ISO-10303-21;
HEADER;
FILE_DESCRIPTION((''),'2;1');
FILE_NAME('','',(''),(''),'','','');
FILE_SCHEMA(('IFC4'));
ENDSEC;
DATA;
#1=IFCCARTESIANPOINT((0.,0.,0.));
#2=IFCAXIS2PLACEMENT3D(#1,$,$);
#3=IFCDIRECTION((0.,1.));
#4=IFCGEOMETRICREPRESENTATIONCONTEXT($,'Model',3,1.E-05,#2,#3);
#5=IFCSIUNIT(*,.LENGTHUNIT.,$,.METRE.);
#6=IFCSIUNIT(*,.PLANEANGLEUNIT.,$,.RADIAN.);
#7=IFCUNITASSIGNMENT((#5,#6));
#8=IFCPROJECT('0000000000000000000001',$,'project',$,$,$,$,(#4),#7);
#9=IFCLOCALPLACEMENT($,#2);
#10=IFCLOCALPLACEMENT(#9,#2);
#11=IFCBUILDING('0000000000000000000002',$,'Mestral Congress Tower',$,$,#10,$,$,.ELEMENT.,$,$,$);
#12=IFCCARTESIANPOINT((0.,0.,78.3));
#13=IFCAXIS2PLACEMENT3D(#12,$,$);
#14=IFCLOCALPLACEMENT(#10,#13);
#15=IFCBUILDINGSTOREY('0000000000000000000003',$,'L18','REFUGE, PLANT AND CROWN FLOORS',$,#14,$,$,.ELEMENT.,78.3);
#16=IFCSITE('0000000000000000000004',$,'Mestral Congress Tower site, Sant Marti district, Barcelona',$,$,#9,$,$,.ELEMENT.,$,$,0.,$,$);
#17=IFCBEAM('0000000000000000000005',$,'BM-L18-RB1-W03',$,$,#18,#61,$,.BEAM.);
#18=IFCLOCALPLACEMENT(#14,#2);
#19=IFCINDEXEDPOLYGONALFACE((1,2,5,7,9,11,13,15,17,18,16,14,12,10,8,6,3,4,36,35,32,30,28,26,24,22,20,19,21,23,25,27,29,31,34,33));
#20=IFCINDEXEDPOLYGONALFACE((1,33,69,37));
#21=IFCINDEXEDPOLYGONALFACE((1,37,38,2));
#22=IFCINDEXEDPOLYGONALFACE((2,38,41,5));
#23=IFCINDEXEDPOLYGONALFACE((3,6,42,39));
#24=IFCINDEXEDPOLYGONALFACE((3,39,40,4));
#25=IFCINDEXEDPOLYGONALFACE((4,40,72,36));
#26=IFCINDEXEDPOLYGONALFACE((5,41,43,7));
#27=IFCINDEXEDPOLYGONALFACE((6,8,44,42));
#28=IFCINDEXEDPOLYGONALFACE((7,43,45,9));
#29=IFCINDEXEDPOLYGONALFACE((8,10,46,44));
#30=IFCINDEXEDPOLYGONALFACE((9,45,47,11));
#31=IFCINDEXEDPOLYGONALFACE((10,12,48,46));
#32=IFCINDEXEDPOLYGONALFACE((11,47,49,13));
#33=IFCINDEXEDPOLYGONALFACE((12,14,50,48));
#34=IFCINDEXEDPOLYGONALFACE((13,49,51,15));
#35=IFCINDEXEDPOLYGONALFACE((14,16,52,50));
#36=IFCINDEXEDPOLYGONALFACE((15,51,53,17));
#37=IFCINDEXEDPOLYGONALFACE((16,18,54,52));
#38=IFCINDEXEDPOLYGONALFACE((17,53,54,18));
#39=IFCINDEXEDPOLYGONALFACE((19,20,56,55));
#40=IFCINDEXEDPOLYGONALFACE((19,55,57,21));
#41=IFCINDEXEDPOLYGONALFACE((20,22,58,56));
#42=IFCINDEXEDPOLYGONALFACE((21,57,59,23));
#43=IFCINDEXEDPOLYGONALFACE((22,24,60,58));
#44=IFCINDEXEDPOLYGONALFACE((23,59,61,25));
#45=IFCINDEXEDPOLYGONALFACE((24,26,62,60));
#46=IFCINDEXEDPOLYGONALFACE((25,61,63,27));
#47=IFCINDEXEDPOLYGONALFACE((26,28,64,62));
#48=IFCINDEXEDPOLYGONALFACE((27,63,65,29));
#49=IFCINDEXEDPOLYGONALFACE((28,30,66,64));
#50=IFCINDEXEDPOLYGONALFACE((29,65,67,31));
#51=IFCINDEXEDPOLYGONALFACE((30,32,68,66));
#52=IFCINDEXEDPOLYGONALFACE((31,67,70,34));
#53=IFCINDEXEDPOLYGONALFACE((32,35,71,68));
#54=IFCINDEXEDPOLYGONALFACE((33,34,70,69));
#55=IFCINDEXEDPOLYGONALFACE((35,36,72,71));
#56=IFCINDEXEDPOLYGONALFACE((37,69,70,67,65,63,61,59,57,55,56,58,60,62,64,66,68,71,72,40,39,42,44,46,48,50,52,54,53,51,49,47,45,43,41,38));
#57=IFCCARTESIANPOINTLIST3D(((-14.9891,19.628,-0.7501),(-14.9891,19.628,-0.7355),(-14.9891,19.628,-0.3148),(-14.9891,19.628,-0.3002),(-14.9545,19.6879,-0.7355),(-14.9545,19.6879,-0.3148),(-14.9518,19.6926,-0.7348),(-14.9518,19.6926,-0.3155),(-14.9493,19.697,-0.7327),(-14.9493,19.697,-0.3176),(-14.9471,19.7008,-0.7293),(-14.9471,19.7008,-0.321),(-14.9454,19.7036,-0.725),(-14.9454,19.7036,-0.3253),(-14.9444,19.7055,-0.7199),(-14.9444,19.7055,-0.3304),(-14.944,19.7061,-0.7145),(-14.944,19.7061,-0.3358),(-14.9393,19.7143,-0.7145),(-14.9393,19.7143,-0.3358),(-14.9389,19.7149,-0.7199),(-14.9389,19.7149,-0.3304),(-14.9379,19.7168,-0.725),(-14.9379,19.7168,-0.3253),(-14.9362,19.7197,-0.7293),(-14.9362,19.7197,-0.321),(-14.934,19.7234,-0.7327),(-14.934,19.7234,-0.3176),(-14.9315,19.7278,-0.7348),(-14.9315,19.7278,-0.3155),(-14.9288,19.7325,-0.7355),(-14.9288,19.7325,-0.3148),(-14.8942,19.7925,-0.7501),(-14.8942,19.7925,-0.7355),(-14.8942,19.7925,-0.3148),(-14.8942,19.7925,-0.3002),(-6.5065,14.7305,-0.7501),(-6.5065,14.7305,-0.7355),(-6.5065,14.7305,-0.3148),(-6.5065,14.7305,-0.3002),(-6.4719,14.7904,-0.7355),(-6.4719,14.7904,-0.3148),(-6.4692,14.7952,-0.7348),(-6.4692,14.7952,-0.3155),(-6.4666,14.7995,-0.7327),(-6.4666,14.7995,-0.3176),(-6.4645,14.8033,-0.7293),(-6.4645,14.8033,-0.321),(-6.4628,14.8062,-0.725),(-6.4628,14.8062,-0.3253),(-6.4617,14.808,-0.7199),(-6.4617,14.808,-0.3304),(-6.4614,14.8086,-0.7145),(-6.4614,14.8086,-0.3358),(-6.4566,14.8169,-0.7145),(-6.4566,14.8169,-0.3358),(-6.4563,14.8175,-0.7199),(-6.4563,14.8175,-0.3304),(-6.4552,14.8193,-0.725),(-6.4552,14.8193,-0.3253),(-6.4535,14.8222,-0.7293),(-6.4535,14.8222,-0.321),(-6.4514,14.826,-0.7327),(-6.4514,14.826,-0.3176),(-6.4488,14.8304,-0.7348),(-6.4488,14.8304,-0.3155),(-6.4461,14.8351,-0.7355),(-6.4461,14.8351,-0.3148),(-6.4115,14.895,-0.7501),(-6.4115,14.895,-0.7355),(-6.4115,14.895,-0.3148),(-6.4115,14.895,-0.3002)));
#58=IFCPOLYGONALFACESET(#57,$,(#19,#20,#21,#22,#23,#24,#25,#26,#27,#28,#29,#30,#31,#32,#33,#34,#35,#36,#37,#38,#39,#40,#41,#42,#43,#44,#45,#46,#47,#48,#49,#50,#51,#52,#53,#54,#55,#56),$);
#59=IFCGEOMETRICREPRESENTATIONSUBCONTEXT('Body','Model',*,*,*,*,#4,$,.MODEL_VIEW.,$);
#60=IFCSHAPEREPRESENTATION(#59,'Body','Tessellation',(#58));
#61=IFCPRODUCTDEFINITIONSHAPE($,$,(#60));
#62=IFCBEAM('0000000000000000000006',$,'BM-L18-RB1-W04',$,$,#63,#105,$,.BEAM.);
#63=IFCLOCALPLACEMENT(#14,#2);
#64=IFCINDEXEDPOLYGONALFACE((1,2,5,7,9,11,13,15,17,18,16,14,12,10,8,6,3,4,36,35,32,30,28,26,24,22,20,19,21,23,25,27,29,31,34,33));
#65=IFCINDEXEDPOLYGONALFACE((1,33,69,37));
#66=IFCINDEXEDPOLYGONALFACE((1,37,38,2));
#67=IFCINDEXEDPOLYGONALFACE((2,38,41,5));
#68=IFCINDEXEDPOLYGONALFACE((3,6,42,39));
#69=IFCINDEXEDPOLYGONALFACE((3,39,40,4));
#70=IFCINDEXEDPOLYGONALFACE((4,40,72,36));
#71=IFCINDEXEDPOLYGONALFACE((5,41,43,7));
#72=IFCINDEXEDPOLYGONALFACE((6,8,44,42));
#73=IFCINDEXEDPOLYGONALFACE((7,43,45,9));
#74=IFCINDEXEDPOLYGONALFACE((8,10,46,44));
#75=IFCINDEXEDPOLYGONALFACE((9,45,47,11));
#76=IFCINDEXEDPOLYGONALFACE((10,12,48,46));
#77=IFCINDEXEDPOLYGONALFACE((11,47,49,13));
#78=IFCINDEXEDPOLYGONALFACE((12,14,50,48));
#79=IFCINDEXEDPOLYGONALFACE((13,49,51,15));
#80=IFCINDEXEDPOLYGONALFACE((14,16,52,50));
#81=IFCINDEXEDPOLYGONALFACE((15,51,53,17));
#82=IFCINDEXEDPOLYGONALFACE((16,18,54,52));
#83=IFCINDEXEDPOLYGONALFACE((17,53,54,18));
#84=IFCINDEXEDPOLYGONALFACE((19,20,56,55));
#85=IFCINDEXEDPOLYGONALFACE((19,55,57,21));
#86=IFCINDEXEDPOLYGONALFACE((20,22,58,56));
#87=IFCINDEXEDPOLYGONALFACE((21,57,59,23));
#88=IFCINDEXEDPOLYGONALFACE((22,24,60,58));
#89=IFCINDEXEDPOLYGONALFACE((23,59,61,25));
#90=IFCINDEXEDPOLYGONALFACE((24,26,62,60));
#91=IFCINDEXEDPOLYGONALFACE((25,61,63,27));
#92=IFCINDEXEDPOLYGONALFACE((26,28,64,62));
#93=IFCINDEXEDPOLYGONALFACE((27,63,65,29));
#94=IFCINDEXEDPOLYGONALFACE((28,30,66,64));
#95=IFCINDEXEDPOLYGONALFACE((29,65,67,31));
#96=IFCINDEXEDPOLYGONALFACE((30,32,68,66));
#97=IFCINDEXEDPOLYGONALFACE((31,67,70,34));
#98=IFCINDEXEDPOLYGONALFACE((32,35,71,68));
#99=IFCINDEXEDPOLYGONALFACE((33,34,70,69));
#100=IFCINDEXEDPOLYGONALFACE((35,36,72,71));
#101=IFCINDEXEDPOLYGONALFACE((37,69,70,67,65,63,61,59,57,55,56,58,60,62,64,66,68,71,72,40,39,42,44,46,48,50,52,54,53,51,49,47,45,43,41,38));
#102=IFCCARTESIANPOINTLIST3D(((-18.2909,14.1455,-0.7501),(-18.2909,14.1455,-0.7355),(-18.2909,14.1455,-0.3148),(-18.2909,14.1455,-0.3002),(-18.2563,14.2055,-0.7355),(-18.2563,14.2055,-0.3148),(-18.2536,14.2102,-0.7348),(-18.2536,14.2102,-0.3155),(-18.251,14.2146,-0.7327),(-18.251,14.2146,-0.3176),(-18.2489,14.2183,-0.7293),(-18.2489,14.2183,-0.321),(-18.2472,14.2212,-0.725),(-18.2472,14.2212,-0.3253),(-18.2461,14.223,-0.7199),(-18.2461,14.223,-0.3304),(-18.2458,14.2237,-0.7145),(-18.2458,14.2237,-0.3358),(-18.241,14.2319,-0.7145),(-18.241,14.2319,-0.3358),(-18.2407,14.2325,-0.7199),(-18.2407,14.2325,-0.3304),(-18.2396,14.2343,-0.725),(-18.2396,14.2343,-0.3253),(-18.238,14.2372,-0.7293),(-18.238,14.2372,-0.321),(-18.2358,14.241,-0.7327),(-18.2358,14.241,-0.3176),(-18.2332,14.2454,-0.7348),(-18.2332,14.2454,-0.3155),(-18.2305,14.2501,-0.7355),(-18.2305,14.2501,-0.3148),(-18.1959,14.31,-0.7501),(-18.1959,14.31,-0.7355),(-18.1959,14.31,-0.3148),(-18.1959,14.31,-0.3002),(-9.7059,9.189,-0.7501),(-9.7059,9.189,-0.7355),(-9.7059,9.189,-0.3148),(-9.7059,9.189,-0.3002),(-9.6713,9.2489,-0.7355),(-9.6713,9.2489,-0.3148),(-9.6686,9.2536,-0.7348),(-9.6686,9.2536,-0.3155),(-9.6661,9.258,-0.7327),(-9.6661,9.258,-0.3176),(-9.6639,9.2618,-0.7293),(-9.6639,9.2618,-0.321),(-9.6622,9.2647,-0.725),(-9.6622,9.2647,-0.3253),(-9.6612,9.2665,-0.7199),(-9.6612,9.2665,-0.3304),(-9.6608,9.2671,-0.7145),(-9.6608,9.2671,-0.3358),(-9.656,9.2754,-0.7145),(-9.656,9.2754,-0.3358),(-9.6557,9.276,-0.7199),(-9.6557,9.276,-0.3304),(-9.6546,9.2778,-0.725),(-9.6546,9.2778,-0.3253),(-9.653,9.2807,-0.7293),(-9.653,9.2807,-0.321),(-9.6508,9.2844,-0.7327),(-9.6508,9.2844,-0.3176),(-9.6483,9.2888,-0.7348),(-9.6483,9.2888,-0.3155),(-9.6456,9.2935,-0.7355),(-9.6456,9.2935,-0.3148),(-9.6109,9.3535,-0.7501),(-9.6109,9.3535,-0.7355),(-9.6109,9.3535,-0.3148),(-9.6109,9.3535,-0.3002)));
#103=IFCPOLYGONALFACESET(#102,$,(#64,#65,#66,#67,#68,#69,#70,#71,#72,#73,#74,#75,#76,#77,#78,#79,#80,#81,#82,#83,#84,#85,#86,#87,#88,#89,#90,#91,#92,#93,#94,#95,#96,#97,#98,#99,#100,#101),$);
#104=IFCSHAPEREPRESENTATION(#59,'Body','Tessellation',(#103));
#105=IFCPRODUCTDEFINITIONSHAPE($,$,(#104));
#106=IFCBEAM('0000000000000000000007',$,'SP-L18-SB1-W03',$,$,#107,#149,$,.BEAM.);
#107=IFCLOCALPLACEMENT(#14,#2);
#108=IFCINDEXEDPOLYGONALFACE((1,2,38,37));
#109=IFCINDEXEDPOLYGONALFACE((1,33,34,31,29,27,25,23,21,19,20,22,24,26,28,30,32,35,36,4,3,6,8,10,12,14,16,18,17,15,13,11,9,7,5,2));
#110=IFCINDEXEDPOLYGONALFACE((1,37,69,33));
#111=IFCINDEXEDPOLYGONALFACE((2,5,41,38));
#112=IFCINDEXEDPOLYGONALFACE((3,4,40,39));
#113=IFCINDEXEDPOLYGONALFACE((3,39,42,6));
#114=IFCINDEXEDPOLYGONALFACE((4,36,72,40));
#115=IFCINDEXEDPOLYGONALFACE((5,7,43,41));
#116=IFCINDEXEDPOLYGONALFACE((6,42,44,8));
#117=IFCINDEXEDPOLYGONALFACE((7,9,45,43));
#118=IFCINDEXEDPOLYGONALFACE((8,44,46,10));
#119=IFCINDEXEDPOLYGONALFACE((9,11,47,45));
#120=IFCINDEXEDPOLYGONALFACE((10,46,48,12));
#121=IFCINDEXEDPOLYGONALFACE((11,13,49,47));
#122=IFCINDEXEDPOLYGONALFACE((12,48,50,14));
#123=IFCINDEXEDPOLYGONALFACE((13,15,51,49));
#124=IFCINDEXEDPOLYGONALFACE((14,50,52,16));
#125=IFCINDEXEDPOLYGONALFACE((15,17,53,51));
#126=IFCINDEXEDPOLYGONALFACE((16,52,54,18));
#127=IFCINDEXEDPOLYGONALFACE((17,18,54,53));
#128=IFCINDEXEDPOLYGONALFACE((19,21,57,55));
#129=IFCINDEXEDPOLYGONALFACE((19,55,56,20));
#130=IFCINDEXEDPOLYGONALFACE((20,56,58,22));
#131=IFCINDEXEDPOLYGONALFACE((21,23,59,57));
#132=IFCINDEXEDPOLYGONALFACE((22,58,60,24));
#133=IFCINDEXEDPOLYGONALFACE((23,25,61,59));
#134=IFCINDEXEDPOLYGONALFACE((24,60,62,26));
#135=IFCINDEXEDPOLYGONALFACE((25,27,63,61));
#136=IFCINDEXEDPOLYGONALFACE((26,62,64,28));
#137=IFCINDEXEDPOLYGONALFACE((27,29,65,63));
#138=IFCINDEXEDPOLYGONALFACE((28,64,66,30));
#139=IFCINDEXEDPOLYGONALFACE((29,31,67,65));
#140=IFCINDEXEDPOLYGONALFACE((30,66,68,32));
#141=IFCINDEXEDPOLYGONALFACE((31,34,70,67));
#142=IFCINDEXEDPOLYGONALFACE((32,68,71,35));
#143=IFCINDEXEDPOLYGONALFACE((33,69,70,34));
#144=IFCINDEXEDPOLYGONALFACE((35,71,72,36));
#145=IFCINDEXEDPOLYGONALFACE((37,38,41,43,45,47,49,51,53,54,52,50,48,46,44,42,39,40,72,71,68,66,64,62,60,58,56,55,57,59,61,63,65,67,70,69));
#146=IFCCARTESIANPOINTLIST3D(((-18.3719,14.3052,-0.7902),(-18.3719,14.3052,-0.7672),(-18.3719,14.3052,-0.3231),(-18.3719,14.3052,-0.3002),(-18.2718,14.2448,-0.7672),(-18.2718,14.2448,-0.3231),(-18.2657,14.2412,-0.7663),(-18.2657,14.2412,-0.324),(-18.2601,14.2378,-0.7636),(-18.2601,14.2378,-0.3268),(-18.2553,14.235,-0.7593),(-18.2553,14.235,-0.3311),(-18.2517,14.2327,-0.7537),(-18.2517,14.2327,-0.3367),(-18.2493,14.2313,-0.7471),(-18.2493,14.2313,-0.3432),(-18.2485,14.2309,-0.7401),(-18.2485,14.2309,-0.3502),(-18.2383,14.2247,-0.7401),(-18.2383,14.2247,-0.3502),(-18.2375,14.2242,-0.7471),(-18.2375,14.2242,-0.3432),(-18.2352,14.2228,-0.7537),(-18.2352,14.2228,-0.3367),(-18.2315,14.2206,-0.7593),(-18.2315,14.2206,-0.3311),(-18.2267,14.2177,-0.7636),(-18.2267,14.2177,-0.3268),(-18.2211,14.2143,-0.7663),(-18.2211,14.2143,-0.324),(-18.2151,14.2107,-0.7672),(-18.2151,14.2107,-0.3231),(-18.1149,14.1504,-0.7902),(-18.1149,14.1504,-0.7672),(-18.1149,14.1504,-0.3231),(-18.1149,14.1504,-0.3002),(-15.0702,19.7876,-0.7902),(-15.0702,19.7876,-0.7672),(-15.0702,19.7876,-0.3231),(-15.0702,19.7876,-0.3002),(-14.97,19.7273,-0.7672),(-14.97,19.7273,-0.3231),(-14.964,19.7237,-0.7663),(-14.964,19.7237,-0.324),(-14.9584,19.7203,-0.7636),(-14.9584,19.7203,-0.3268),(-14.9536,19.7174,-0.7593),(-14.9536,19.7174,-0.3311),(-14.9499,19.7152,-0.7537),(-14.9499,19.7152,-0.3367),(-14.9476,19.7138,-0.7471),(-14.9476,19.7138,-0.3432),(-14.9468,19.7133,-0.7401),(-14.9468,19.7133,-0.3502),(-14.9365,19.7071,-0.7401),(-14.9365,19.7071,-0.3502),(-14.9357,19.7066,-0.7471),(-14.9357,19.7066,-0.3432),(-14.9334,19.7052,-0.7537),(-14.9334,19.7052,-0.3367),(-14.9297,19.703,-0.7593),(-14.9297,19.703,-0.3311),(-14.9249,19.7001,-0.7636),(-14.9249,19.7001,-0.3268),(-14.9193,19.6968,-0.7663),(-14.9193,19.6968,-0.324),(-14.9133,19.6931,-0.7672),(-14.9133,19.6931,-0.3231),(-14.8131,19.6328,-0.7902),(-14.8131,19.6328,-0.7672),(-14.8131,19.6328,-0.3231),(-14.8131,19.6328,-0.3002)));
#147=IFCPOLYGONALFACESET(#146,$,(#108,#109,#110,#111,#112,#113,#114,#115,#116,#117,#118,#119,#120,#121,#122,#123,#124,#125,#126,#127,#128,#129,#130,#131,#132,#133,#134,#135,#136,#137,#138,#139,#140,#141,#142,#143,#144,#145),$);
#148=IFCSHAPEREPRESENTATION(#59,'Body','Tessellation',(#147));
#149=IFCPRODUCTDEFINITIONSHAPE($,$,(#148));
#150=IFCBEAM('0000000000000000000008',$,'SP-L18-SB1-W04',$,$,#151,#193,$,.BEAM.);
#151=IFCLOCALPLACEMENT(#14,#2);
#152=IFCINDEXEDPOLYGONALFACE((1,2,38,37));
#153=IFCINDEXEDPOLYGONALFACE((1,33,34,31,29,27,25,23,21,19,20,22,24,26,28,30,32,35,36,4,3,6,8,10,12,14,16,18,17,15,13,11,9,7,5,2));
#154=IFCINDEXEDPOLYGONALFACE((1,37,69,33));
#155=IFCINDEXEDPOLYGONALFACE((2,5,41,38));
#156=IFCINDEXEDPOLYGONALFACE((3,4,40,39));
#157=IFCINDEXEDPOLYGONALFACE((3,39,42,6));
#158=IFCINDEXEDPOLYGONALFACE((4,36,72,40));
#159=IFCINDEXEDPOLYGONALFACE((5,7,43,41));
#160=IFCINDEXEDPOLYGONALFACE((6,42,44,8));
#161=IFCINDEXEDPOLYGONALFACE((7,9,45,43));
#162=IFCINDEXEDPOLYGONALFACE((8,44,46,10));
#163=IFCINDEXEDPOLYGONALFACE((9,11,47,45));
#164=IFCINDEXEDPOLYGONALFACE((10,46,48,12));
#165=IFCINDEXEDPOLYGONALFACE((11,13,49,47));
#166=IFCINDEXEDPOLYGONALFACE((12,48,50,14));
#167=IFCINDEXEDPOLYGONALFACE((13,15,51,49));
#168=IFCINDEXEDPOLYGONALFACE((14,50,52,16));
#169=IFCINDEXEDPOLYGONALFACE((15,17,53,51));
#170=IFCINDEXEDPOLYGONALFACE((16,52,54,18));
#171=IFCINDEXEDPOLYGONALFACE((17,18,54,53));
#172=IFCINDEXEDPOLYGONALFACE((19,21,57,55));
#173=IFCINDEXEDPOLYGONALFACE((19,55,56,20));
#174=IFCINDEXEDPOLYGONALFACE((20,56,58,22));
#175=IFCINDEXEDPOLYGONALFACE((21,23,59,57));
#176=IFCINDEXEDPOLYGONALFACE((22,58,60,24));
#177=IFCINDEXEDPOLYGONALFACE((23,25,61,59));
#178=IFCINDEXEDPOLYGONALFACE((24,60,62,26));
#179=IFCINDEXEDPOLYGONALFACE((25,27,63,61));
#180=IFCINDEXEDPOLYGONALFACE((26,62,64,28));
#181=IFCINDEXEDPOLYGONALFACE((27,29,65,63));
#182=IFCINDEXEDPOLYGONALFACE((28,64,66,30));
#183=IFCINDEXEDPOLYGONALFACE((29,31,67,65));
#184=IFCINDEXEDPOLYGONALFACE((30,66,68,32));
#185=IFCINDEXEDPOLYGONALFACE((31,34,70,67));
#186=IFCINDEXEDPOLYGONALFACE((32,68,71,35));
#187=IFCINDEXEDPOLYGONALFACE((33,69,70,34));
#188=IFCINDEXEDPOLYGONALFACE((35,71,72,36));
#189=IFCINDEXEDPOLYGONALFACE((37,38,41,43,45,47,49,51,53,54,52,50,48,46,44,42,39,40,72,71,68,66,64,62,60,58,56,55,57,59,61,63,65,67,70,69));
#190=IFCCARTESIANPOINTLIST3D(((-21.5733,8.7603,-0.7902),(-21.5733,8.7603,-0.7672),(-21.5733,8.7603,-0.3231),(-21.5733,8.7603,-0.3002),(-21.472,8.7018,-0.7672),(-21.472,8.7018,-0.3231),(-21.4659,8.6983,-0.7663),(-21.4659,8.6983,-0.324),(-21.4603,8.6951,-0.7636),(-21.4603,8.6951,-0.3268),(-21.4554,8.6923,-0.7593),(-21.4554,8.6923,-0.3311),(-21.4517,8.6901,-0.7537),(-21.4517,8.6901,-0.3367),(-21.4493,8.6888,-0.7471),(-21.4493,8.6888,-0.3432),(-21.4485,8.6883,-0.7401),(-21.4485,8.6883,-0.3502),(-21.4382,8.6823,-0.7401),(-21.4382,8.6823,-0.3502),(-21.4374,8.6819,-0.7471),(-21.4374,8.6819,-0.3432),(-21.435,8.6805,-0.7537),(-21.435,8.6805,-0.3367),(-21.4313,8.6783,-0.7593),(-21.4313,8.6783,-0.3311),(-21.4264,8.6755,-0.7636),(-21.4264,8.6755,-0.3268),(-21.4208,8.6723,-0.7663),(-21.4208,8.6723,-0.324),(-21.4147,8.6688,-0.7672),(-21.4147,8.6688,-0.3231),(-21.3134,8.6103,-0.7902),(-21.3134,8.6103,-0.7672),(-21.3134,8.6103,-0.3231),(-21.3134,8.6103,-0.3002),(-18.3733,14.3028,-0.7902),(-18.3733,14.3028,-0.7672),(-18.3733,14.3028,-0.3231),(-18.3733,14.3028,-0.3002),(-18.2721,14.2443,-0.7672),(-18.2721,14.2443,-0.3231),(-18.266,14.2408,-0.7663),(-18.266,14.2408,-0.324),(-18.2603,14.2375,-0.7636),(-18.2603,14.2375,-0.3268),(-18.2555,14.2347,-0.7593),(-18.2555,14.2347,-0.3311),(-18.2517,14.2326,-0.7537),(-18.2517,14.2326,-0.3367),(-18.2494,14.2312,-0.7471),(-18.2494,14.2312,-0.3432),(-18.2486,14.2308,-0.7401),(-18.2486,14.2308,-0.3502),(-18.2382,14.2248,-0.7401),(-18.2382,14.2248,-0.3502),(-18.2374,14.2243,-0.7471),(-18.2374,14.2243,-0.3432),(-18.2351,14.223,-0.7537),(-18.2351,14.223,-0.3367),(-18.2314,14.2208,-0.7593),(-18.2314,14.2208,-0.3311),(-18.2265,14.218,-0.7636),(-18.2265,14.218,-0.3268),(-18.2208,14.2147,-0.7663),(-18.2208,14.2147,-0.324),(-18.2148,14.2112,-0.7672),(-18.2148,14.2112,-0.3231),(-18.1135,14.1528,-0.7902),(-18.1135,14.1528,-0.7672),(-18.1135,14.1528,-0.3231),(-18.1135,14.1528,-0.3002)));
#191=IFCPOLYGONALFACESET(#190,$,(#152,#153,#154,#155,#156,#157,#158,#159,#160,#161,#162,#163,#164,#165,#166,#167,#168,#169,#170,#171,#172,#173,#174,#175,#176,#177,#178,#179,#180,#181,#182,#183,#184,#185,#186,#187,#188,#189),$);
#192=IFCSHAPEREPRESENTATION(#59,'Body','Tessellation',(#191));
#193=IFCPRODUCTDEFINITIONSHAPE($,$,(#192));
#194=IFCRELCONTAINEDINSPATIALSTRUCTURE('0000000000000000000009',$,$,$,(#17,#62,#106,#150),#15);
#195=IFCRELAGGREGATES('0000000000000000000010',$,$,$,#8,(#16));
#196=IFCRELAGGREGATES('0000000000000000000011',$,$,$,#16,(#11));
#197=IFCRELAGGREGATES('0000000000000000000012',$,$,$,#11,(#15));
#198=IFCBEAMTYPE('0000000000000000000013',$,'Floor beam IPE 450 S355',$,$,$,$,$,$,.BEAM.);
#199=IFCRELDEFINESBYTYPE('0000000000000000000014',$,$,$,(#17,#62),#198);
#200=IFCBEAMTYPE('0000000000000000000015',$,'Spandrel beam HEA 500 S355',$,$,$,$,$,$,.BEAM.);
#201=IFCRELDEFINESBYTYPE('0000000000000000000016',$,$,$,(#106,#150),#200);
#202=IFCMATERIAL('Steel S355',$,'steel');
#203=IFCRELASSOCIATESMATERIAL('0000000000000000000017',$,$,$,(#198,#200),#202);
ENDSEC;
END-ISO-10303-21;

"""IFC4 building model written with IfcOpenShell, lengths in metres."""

from ifc_helpers import new_model, si_unit, direction, frame, origin, origin_2d, place, context, subcontext, project, spatial, i_section, extrude, material, material_profile, profile_set, type_object, element, save


model = new_model("IFC4")

# Units and contexts
model_context = context("Model", 3, precision=1e-05, world=origin(), true_north=direction((0.0, 1.0)))
body_context = subcontext(model_context, "Body", "Model", "MODEL_VIEW")
ifc_project = project(units=[si_unit("LENGTHUNIT", "METRE"), si_unit("PLANEANGLEUNIT", "RADIAN")], contexts=[model_context])

# Site, building, storey
site_placement = place(None, origin())
site = spatial("IfcSite", under=ifc_project, at=site_placement, Name="Mestral Congress Tower site, Sant Marti district, Barcelona", CompositionType="ELEMENT", RefElevation=0.0)
building_placement = place(site_placement, origin())
building = spatial("IfcBuilding", under=site, at=building_placement, Name="Mestral Congress Tower", CompositionType="ELEMENT")
storey_placement = place(building_placement, frame((0.0, 0.0, 78.3)))
storey = spatial("IfcBuildingStorey", under=building, at=storey_placement, Name="L18", Description="REFUGE, PLANT AND CROWN FLOORS", CompositionType="ELEMENT", Elevation=78.3)

# Shared definitions
ifc_material_1 = material(Name="Steel S355", Category="steel")

# Beams
ifc_material_profile_1 = material_profile(ifc_material_1, i_section(OverallWidth=0.1899, OverallDepth=0.45, WebThickness=0.0095, FlangeThickness=0.0146, FilletRadius=0.021, at=origin_2d()), Name="IPE 450")
ifc_profile_set_1 = profile_set([ifc_material_profile_1], Name="Steel S355")
beam_type_1 = type_object("IfcBeamType", Name="Floor beam IPE 450 S355", PredefinedType="BEAM", material=ifc_profile_set_1)
beam_1_placement = place(storey_placement, frame((-14.9417, 19.7102, -0.5251), z_axis=(0.866026, -0.499999, 0.0), x_axis=(0.499999, 0.866026, 0.0)))
element("IfcBeam", 1, at=beam_1_placement, inside=storey, type_object=beam_type_1, Name="BM-L18-RB1-W03", PredefinedType="BEAM", context=body_context, shape_type="SweptSolid", body=[
    extrude(i_section(OverallWidth=0.1899, OverallDepth=0.45, WebThickness=0.0095, FlangeThickness=0.0146, FilletRadius=0.021, at=origin_2d()), origin(), (0.0, 0.0, 1.0), 9.7949),
])
beam_2_placement = place(storey_placement, frame((-18.2434, 14.2278, -0.5251), z_axis=(0.866025, -0.500001, 0.0), x_axis=(0.500001, 0.866025, 0.0)))
element("IfcBeam", 2, at=beam_2_placement, inside=storey, type_object=beam_type_1, Name="BM-L18-RB1-W04", PredefinedType="BEAM", context=body_context, shape_type="SweptSolid", body=[
    extrude(i_section(OverallWidth=0.1899, OverallDepth=0.45, WebThickness=0.0095, FlangeThickness=0.0146, FilletRadius=0.021, at=origin_2d()), origin(), (0.0, 0.0, 1.0), 9.9131),
])
ifc_material_profile_2 = material_profile(ifc_material_1, i_section(OverallWidth=0.3, OverallDepth=0.49, WebThickness=0.012, FlangeThickness=0.0229, FilletRadius=0.0271, at=origin_2d()), Name="HEA 500")
ifc_profile_set_2 = profile_set([ifc_material_profile_2], Name="Steel S355")
beam_type_2 = type_object("IfcBeamType", Name="Spandrel beam HEA 500 S355", PredefinedType="BEAM", material=ifc_profile_set_2)
for number, where, z_axis, x_axis, name in (
    (3, (-14.9417, 19.7102, -0.5452), (-0.515909, -0.856644, 0.0), (0.856644, -0.515909, 0.0), "SP-L18-SB1-W03"),
    (4, (-18.2434, 14.2278, -0.5452), (-0.5, -0.866025, 0.0), (0.866025, -0.5, 0.0), "SP-L18-SB1-W04"),
):
    element("IfcBeam", number, at=place(storey_placement, frame(where, z_axis=z_axis, x_axis=x_axis)), inside=storey, type_object=beam_type_2, Name=name, PredefinedType="BEAM", context=body_context, shape_type="SweptSolid", body=[
        extrude(i_section(OverallWidth=0.3, OverallDepth=0.49, WebThickness=0.012, FlangeThickness=0.0229, FilletRadius=0.0271, at=origin_2d()), origin(), (0.0, 0.0, 1.0), 6.3999),
    ])

save(model, "model.ifc")
